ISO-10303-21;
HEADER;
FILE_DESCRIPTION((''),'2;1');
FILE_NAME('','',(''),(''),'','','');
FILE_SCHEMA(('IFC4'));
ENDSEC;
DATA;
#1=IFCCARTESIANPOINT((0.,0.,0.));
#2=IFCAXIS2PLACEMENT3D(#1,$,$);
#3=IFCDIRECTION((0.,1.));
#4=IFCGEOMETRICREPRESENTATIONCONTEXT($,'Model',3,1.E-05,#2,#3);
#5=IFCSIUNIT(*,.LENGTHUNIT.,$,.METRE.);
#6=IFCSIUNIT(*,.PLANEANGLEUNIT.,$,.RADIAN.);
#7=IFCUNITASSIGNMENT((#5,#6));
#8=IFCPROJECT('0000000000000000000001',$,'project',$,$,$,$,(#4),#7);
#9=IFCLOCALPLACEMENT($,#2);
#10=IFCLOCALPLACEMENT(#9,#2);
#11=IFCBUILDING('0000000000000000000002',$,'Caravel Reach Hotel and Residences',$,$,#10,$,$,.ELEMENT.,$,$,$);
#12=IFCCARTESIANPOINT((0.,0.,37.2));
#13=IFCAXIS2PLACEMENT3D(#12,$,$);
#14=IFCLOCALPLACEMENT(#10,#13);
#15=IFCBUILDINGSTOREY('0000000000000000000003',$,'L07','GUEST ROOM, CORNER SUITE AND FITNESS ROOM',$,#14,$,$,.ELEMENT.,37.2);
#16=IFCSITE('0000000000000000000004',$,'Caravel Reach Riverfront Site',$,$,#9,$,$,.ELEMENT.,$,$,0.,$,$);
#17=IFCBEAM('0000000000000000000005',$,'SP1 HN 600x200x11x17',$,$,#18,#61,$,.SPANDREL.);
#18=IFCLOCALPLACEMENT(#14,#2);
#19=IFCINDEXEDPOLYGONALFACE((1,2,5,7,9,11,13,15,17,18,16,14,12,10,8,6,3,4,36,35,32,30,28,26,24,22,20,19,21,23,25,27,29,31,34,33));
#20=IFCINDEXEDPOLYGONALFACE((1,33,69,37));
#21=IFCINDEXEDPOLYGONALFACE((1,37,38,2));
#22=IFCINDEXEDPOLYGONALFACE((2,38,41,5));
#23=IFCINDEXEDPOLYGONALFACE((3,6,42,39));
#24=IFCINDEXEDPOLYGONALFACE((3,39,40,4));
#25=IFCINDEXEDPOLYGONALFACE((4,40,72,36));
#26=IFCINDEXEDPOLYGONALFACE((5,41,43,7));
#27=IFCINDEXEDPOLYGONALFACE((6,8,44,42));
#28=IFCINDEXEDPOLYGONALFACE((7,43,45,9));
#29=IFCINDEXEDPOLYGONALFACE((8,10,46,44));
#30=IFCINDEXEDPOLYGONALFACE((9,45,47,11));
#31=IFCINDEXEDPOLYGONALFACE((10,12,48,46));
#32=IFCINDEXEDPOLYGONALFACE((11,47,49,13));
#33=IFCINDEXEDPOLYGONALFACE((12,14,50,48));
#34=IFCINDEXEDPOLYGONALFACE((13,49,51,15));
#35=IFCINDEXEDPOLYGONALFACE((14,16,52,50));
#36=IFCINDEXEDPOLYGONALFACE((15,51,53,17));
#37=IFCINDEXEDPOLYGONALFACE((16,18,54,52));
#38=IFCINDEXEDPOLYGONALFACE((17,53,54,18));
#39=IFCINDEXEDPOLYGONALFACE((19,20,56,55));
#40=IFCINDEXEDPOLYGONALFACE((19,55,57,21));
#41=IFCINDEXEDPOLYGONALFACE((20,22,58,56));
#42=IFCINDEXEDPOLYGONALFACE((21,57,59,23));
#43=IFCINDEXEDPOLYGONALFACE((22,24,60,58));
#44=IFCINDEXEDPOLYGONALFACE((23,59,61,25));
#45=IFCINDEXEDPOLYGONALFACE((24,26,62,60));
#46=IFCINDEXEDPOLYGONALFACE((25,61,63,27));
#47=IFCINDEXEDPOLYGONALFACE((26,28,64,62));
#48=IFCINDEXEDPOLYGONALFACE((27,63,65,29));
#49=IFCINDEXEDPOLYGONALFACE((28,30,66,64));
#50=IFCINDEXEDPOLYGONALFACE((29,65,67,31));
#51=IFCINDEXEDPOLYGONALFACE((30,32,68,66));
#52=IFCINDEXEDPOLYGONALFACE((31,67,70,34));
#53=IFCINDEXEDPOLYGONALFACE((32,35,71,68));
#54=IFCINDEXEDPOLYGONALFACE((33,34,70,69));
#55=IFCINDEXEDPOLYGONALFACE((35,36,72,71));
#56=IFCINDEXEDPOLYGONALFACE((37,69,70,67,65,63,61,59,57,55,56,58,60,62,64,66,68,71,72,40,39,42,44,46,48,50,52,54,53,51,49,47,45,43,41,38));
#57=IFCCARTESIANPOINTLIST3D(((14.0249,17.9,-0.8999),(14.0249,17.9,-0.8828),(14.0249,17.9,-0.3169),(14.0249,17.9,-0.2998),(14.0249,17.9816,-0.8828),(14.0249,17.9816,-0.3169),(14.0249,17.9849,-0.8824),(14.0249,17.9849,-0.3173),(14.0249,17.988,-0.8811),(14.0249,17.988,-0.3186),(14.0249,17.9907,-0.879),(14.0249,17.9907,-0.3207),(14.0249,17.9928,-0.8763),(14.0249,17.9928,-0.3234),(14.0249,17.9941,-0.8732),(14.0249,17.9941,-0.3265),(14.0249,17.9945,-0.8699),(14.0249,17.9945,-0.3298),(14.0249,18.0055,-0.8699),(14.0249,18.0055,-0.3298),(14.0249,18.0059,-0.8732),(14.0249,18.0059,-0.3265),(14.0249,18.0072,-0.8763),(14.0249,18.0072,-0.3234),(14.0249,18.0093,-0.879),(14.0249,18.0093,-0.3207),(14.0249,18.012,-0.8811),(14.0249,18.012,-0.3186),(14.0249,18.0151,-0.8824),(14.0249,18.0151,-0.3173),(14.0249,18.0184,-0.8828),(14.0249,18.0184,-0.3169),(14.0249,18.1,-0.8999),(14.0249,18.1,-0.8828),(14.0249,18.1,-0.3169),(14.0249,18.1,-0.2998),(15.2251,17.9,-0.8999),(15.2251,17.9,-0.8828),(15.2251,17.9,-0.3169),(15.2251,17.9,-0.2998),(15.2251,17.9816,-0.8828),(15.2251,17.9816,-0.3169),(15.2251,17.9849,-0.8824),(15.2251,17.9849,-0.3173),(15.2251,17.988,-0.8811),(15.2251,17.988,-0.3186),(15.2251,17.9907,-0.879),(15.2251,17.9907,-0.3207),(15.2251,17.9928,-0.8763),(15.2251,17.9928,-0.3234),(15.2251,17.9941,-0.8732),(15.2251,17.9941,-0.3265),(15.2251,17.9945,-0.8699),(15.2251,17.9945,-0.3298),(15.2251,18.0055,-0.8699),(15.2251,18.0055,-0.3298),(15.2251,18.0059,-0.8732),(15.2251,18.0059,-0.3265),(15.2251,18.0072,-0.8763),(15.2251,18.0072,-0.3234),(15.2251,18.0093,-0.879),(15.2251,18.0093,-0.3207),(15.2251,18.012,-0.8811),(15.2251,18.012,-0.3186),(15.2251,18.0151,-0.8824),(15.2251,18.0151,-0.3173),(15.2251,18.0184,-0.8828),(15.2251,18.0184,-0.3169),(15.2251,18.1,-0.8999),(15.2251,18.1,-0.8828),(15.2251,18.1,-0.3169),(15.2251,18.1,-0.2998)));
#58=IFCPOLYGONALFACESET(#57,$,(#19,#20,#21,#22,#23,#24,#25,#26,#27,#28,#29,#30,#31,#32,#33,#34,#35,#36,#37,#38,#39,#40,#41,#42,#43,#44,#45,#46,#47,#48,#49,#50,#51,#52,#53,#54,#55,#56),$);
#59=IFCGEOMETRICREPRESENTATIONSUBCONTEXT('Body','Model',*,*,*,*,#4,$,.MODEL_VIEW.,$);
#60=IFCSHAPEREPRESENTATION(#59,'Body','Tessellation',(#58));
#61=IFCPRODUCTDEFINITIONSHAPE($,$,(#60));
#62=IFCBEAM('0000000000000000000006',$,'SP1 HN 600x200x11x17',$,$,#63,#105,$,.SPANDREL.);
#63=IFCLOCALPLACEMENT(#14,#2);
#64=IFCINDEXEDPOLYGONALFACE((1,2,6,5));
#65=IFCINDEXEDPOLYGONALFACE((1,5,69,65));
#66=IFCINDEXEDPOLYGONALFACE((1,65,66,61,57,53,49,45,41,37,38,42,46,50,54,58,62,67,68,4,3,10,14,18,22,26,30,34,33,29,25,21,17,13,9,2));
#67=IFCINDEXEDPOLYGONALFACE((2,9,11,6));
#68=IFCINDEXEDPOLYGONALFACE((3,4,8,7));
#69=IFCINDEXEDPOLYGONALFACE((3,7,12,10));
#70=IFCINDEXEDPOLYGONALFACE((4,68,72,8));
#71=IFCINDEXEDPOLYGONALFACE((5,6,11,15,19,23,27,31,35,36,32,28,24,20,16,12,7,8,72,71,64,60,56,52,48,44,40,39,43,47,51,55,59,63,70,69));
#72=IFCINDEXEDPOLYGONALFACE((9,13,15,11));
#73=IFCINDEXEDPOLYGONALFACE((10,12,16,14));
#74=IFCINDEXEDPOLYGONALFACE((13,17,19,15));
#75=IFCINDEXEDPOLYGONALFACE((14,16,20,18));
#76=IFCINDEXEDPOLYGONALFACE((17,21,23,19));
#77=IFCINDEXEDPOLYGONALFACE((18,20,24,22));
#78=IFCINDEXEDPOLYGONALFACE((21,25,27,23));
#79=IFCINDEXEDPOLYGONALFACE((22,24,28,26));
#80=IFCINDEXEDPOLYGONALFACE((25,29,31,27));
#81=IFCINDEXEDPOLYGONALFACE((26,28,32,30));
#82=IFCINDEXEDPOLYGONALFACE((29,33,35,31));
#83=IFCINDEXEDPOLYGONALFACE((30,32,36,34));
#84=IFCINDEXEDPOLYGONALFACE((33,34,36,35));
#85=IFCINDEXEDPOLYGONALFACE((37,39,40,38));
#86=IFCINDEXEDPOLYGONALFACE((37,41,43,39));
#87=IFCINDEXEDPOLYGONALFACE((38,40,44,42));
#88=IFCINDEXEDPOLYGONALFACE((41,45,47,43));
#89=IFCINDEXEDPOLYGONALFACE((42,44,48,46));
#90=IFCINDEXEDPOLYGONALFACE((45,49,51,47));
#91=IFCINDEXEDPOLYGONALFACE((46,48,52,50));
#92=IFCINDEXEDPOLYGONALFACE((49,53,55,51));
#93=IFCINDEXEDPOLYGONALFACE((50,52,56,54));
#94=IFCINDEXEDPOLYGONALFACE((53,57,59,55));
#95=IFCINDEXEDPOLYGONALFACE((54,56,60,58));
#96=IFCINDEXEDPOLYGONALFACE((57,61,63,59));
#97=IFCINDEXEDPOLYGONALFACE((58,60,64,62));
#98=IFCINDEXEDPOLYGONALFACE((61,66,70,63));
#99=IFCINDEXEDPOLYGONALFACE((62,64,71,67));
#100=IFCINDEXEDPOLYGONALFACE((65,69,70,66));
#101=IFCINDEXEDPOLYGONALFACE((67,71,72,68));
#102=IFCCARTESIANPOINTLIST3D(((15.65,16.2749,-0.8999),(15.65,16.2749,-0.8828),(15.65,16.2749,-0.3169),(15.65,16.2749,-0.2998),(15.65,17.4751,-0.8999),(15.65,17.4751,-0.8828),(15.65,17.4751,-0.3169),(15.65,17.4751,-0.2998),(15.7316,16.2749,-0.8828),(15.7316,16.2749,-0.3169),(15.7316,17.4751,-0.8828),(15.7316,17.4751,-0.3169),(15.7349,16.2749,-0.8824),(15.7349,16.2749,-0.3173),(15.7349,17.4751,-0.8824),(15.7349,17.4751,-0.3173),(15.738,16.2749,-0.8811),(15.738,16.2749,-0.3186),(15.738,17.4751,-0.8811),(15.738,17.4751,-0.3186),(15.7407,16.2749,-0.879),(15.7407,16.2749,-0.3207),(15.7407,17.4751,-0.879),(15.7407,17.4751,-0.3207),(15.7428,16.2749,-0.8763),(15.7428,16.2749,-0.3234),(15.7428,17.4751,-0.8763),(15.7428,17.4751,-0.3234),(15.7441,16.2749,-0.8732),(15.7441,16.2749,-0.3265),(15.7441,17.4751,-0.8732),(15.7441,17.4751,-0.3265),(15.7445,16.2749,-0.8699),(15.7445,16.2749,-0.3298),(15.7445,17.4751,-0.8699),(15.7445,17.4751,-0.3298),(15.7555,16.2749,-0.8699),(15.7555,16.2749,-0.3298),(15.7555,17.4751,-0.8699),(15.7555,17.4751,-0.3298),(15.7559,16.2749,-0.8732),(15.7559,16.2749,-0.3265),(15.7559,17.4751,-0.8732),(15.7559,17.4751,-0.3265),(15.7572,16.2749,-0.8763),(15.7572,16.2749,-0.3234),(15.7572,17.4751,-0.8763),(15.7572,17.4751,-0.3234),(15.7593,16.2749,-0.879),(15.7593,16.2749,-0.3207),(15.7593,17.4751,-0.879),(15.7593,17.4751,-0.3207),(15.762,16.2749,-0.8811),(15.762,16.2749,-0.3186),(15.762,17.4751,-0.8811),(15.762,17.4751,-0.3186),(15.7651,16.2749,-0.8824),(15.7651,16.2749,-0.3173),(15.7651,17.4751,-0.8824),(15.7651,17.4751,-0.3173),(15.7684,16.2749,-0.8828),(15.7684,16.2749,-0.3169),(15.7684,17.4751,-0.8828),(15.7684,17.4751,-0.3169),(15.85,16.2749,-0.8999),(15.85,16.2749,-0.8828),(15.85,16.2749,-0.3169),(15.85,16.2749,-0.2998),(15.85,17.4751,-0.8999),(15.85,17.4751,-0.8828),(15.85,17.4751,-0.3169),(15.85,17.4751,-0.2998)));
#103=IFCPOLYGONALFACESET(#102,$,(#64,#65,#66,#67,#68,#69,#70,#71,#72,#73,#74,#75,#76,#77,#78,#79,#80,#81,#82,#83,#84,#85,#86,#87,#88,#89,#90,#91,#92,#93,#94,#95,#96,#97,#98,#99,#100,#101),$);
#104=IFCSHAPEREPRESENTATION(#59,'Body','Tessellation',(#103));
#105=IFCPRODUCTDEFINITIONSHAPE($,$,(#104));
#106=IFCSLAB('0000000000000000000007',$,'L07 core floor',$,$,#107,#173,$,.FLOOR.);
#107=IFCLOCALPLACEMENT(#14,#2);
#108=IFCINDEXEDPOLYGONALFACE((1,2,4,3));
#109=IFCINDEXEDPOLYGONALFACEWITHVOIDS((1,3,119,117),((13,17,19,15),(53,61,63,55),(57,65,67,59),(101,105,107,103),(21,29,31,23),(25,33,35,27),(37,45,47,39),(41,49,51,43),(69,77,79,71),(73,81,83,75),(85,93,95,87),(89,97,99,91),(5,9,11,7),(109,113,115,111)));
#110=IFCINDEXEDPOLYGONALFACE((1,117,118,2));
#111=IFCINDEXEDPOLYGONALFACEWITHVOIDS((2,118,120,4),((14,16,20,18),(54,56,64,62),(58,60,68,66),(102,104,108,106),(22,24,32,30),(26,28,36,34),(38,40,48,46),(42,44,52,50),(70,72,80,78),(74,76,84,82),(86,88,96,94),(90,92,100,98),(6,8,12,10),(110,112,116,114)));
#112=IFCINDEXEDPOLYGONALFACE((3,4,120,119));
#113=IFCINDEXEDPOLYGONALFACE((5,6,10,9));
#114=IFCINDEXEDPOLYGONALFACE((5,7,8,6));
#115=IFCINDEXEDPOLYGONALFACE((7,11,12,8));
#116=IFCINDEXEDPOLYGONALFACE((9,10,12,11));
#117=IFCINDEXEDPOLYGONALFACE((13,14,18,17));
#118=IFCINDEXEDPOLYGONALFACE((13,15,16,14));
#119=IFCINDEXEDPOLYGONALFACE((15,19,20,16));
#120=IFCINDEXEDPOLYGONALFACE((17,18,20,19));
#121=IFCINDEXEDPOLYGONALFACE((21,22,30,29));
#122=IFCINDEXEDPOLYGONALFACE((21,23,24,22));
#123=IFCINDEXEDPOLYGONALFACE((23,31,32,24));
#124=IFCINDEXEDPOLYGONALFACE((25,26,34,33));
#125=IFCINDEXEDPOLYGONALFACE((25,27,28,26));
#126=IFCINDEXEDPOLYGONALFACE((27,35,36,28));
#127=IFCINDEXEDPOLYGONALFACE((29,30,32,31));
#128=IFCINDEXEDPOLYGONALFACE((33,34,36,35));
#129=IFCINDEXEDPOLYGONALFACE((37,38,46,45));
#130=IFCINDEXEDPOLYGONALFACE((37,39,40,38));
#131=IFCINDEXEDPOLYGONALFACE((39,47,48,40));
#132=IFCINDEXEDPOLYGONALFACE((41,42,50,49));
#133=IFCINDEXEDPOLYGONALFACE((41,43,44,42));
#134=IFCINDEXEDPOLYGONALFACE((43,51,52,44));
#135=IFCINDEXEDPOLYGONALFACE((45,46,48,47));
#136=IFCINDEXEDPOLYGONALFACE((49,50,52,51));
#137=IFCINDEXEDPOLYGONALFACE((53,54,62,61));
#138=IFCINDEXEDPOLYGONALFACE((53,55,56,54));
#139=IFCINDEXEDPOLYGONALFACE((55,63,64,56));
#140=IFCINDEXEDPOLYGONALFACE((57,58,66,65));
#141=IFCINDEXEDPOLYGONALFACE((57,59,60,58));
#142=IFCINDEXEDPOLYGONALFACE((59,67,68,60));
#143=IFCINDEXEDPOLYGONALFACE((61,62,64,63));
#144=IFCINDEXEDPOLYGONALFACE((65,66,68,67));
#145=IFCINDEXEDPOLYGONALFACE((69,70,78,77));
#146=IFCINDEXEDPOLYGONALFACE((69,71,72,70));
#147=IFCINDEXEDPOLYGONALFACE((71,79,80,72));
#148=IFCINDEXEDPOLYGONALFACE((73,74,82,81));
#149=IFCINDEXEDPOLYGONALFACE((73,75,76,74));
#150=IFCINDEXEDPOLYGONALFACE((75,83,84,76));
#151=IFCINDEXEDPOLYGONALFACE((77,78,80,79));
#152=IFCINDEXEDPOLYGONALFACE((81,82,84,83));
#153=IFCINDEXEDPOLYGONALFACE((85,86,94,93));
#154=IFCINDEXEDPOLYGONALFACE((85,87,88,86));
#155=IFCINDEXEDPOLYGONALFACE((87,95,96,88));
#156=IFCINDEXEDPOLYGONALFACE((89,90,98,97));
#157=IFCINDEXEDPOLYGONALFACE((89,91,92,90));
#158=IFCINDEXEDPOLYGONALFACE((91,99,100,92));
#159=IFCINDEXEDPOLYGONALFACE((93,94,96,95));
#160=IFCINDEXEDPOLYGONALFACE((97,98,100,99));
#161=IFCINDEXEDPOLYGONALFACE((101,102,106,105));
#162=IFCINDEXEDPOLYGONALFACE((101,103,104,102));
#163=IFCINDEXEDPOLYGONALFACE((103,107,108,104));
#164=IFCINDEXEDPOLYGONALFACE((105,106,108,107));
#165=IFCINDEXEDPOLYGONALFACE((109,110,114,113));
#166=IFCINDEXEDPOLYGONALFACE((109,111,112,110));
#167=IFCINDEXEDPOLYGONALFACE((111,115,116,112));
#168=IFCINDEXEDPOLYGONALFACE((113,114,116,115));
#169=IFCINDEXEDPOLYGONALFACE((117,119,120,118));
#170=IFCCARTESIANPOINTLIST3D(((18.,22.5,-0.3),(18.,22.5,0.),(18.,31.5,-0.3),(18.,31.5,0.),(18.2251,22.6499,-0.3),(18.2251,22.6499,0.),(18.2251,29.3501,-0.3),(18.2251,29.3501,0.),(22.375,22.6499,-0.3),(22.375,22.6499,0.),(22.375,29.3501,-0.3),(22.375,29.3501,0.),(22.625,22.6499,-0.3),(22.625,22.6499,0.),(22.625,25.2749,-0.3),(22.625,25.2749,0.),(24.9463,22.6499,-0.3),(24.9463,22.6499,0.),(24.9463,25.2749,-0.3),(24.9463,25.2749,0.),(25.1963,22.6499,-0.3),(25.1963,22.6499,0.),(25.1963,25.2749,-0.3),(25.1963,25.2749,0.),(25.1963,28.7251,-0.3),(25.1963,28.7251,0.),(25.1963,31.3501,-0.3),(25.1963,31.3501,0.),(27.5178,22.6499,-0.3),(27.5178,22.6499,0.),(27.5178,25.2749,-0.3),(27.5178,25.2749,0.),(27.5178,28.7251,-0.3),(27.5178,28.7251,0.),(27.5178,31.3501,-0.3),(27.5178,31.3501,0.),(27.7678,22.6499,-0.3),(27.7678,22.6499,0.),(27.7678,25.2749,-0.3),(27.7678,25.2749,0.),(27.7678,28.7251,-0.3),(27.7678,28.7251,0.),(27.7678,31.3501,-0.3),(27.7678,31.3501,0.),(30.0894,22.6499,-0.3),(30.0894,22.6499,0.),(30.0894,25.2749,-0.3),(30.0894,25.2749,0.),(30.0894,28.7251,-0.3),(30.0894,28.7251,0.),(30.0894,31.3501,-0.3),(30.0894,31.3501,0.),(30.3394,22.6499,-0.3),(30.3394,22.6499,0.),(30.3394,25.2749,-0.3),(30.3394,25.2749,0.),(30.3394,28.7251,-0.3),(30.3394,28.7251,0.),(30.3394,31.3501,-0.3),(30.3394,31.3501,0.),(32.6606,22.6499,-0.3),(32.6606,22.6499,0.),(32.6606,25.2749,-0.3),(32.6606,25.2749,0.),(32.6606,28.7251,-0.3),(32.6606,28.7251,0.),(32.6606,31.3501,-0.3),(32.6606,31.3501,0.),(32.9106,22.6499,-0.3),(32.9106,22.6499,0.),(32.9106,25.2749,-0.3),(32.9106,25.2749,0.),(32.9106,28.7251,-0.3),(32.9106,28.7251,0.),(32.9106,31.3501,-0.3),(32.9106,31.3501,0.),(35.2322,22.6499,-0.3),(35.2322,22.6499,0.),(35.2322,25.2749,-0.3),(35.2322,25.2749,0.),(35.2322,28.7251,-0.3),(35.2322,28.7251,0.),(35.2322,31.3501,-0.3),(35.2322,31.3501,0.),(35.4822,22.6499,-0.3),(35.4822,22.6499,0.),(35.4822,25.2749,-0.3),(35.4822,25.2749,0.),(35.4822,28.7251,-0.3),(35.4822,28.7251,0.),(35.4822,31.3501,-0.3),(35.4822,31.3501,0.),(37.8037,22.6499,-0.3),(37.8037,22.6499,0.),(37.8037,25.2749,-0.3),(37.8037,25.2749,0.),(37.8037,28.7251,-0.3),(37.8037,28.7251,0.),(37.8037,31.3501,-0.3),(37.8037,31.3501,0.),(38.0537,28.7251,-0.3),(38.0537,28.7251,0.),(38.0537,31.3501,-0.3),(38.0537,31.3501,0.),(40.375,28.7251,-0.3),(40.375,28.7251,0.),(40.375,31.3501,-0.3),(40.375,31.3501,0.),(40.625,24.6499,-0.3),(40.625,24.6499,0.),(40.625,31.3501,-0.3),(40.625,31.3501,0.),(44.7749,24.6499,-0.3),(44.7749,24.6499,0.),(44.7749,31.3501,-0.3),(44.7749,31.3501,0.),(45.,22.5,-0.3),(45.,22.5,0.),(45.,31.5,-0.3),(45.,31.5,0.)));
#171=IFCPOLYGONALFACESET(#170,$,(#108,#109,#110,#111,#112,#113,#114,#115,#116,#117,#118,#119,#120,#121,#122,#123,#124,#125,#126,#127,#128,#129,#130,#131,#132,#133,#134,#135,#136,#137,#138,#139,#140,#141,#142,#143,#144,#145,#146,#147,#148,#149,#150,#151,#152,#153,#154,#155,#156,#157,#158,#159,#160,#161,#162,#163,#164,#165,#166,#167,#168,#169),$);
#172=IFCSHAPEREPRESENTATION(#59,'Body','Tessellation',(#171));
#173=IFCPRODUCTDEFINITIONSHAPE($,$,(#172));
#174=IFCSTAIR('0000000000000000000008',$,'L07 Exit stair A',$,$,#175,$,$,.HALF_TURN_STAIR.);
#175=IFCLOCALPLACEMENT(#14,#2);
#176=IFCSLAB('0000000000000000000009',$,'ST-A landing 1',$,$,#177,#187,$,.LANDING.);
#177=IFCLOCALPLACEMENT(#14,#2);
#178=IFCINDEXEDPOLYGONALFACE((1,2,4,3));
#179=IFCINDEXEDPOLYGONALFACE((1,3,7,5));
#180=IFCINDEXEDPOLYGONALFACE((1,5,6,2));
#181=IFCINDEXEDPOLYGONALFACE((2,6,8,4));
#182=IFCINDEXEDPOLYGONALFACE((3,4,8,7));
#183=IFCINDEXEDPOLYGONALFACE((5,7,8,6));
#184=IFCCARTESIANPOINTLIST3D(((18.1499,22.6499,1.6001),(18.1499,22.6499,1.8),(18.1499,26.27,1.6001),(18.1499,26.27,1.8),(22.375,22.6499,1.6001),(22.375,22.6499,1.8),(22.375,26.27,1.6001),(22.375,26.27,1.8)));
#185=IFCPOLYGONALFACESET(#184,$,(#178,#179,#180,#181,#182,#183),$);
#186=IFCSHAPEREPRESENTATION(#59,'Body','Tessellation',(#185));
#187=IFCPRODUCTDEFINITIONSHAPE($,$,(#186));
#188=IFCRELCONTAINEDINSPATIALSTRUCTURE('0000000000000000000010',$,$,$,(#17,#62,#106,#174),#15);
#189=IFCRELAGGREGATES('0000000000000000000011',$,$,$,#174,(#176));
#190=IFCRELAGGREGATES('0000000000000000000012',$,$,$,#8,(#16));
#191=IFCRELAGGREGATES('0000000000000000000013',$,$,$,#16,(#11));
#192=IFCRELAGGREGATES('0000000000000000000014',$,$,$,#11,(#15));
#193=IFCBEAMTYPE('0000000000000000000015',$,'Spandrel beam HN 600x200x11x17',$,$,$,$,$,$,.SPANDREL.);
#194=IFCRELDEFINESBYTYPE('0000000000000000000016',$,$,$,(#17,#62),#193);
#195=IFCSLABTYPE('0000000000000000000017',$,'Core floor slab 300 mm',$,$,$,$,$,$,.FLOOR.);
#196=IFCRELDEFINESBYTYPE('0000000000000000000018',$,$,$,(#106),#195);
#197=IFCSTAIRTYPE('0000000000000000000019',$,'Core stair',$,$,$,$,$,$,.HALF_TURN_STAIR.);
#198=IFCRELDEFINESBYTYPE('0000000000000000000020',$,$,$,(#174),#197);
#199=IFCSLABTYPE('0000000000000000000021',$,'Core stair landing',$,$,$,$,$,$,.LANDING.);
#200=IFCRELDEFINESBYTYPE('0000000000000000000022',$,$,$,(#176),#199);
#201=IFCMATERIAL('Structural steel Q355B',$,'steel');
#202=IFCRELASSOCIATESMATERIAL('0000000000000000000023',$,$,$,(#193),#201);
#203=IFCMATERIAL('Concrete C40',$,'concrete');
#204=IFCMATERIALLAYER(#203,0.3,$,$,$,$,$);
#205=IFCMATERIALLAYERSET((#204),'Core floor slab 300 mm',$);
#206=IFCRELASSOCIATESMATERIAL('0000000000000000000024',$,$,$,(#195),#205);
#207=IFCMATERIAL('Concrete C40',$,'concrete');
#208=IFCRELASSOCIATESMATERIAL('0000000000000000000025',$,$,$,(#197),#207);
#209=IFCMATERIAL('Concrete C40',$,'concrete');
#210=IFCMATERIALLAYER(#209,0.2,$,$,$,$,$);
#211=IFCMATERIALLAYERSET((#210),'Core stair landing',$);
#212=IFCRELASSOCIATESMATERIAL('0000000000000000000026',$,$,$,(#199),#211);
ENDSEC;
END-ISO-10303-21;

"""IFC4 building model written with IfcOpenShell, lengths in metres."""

from ifc_helpers import new_model, si_unit, direction, frame, origin, origin_2d, place, context, subcontext, project, spatial, polyline, i_section, outline, extrude, material, layer, layer_set, material_profile, profile_set, type_object, element, aggregate, save


model = new_model("IFC4")

# Units and contexts
model_context = context("Model", 3, precision=1e-05, world=origin(), true_north=direction((0.0, 1.0)))
body_context = subcontext(model_context, "Body", "Model", "MODEL_VIEW")
ifc_project = project(units=[si_unit("LENGTHUNIT", "METRE"), si_unit("PLANEANGLEUNIT", "RADIAN")], contexts=[model_context])

# Site, building, storey
site_placement = place(None, origin())
site = spatial("IfcSite", under=ifc_project, at=site_placement, Name="Caravel Reach Riverfront Site", CompositionType="ELEMENT", RefElevation=0.0)
building_placement = place(site_placement, origin())
building = spatial("IfcBuilding", under=site, at=building_placement, Name="Caravel Reach Hotel and Residences", CompositionType="ELEMENT")
storey_placement = place(building_placement, frame((0.0, 0.0, 37.2)))
storey = spatial("IfcBuildingStorey", under=building, at=storey_placement, Name="L07", Description="GUEST ROOM, CORNER SUITE AND FITNESS ROOM", CompositionType="ELEMENT", Elevation=37.2)

# Beams
ifc_material_1 = material(Name="Structural steel Q355B", Category="steel")
ifc_material_profile_1 = material_profile(ifc_material_1, i_section(OverallWidth=0.2, OverallDepth=0.6001, WebThickness=0.011, FlangeThickness=0.0171, FilletRadius=0.0129, at=origin_2d()), Name="HN 600x200x11x17")
ifc_profile_set_1 = profile_set([ifc_material_profile_1], Name="Structural steel Q355B")
beam_type_1 = type_object("IfcBeamType", Name="Spandrel beam HN 600x200x11x17", PredefinedType="SPANDREL", material=ifc_profile_set_1)
for number, where, z_axis, x_axis, name in (
    (1, (14.0249, 18.0, -0.5999), (1.0, 0.0, 0.0), (0.0, 1.0, 0.0), "SP1 HN 600x200x11x17"),
    (2, (15.75, 17.4751, -0.5999), (0.0, -1.0, 0.0), (1.0, 0.0, 0.0), "SP1 HN 600x200x11x17"),
):
    element("IfcBeam", number, at=place(storey_placement, frame(where, z_axis=z_axis, x_axis=x_axis)), inside=storey, type_object=beam_type_1, Name=name, PredefinedType="SPANDREL", context=body_context, shape_type="SweptSolid", body=[
        extrude(i_section(OverallWidth=0.2, OverallDepth=0.6001, WebThickness=0.011, FlangeThickness=0.0171, FilletRadius=0.0129, at=origin_2d()), origin(), (0.0, 0.0, 1.0), 1.2002),
    ])

# Slab
ifc_material_2 = material(Name="Concrete C40", Category="concrete")
ifc_layer_1 = layer(ifc_material_2, 0.3)
ifc_layer_set_1 = layer_set([ifc_layer_1], Name="Core floor slab 300 mm")
slab_type_1 = type_object("IfcSlabType", Name="Core floor slab 300 mm", PredefinedType="FLOOR", material=ifc_layer_set_1)
slab_1_placement = place(storey_placement, frame((0.0, 0.0, -0.3)))
element("IfcSlab", 3, at=slab_1_placement, inside=storey, type_object=slab_type_1, Name="L07 core floor", PredefinedType="FLOOR", context=body_context, shape_type="SweptSolid", body=[
    extrude(outline(polyline([(18.0, 31.5), (45.0, 31.5), (45.0, 22.5), (18.0, 22.5), (18.0, 31.5)]), holes=[polyline([(22.625, 25.2749), (22.625, 22.6499), (24.9463, 22.6499), (24.9463, 25.2749), (22.625, 25.2749)]), polyline([(27.5178, 25.2749), (25.1963, 25.2749), (25.1963, 22.6499), (27.5178, 22.6499), (27.5178, 25.2749)]), polyline([(30.0894, 25.2749), (27.7678, 25.2749), (27.7678, 22.6499), (30.0894, 22.6499), (30.0894, 25.2749)]), polyline([(32.6606, 25.2749), (30.3394, 25.2749), (30.3394, 22.6499), (32.6606, 22.6499), (32.6606, 25.2749)]), polyline([(18.2251, 22.6499), (22.375, 22.6499), (22.375, 29.3501), (18.2251, 29.3501), (18.2251, 22.6499)]), polyline([(27.5178, 31.3501), (25.1963, 31.3501), (25.1963, 28.7251), (27.5178, 28.7251), (27.5178, 31.3501)]), polyline([(30.0894, 31.3501), (27.7678, 31.3501), (27.7678, 28.7251), (30.0894, 28.7251), (30.0894, 31.3501)]), polyline([(32.9106, 25.2749), (32.9106, 22.6499), (35.2322, 22.6499), (35.2322, 25.2749), (32.9106, 25.2749)]), polyline([(37.8037, 25.2749), (35.4822, 25.2749), (35.4822, 22.6499), (37.8037, 22.6499), (37.8037, 25.2749)]), polyline([(44.7749, 31.3501), (40.625, 31.3501), (40.625, 24.6499), (44.7749, 24.6499), (44.7749, 31.3501)]), polyline([(32.6606, 31.3501), (30.3394, 31.3501), (30.3394, 28.7251), (32.6606, 28.7251), (32.6606, 31.3501)]), polyline([(35.2322, 31.3501), (32.9106, 31.3501), (32.9106, 28.7251), (35.2322, 28.7251), (35.2322, 31.3501)]), polyline([(37.8037, 31.3501), (35.4822, 31.3501), (35.4822, 28.7251), (37.8037, 28.7251), (37.8037, 31.3501)]), polyline([(40.375, 31.3501), (38.0537, 31.3501), (38.0537, 28.7251), (40.375, 28.7251), (40.375, 31.3501)])]), origin(), (0.0, 0.0, 1.0), 0.3),
])

# Stair, slab
ifc_material_3 = material(Name="Concrete C40", Category="concrete")
stair_type = type_object("IfcStairType", Name="Core stair", PredefinedType="HALF_TURN_STAIR", material=ifc_material_3)
stair_1_placement = place(storey_placement, origin())
stair_1 = element("IfcStair", 4, at=stair_1_placement, inside=storey, type_object=stair_type, Name="L07 Exit stair A", PredefinedType="HALF_TURN_STAIR")
ifc_material_4 = material(Name="Concrete C40", Category="concrete")
ifc_layer_2 = layer(ifc_material_4, 0.2)
ifc_layer_set_2 = layer_set([ifc_layer_2], Name="Core stair landing")
slab_type_2 = type_object("IfcSlabType", Name="Core stair landing", PredefinedType="LANDING", material=ifc_layer_set_2)
slab_2_placement = place(storey_placement, frame((0.0, 0.0, 1.6001)))
slab_2 = element("IfcSlab", 5, at=slab_2_placement, type_object=slab_type_2, Name="ST-A landing 1", PredefinedType="LANDING", context=body_context, shape_type="SweptSolid", body=[
    extrude(outline(polyline([(18.1499, 26.27), (18.1499, 22.6499), (22.375, 22.6499), (22.375, 26.27), (18.1499, 26.27)])), origin(), (0.0, 0.0, 1.0), 0.2),
])
aggregate(stair_1, [slab_2])

save(model, "model.ifc")
